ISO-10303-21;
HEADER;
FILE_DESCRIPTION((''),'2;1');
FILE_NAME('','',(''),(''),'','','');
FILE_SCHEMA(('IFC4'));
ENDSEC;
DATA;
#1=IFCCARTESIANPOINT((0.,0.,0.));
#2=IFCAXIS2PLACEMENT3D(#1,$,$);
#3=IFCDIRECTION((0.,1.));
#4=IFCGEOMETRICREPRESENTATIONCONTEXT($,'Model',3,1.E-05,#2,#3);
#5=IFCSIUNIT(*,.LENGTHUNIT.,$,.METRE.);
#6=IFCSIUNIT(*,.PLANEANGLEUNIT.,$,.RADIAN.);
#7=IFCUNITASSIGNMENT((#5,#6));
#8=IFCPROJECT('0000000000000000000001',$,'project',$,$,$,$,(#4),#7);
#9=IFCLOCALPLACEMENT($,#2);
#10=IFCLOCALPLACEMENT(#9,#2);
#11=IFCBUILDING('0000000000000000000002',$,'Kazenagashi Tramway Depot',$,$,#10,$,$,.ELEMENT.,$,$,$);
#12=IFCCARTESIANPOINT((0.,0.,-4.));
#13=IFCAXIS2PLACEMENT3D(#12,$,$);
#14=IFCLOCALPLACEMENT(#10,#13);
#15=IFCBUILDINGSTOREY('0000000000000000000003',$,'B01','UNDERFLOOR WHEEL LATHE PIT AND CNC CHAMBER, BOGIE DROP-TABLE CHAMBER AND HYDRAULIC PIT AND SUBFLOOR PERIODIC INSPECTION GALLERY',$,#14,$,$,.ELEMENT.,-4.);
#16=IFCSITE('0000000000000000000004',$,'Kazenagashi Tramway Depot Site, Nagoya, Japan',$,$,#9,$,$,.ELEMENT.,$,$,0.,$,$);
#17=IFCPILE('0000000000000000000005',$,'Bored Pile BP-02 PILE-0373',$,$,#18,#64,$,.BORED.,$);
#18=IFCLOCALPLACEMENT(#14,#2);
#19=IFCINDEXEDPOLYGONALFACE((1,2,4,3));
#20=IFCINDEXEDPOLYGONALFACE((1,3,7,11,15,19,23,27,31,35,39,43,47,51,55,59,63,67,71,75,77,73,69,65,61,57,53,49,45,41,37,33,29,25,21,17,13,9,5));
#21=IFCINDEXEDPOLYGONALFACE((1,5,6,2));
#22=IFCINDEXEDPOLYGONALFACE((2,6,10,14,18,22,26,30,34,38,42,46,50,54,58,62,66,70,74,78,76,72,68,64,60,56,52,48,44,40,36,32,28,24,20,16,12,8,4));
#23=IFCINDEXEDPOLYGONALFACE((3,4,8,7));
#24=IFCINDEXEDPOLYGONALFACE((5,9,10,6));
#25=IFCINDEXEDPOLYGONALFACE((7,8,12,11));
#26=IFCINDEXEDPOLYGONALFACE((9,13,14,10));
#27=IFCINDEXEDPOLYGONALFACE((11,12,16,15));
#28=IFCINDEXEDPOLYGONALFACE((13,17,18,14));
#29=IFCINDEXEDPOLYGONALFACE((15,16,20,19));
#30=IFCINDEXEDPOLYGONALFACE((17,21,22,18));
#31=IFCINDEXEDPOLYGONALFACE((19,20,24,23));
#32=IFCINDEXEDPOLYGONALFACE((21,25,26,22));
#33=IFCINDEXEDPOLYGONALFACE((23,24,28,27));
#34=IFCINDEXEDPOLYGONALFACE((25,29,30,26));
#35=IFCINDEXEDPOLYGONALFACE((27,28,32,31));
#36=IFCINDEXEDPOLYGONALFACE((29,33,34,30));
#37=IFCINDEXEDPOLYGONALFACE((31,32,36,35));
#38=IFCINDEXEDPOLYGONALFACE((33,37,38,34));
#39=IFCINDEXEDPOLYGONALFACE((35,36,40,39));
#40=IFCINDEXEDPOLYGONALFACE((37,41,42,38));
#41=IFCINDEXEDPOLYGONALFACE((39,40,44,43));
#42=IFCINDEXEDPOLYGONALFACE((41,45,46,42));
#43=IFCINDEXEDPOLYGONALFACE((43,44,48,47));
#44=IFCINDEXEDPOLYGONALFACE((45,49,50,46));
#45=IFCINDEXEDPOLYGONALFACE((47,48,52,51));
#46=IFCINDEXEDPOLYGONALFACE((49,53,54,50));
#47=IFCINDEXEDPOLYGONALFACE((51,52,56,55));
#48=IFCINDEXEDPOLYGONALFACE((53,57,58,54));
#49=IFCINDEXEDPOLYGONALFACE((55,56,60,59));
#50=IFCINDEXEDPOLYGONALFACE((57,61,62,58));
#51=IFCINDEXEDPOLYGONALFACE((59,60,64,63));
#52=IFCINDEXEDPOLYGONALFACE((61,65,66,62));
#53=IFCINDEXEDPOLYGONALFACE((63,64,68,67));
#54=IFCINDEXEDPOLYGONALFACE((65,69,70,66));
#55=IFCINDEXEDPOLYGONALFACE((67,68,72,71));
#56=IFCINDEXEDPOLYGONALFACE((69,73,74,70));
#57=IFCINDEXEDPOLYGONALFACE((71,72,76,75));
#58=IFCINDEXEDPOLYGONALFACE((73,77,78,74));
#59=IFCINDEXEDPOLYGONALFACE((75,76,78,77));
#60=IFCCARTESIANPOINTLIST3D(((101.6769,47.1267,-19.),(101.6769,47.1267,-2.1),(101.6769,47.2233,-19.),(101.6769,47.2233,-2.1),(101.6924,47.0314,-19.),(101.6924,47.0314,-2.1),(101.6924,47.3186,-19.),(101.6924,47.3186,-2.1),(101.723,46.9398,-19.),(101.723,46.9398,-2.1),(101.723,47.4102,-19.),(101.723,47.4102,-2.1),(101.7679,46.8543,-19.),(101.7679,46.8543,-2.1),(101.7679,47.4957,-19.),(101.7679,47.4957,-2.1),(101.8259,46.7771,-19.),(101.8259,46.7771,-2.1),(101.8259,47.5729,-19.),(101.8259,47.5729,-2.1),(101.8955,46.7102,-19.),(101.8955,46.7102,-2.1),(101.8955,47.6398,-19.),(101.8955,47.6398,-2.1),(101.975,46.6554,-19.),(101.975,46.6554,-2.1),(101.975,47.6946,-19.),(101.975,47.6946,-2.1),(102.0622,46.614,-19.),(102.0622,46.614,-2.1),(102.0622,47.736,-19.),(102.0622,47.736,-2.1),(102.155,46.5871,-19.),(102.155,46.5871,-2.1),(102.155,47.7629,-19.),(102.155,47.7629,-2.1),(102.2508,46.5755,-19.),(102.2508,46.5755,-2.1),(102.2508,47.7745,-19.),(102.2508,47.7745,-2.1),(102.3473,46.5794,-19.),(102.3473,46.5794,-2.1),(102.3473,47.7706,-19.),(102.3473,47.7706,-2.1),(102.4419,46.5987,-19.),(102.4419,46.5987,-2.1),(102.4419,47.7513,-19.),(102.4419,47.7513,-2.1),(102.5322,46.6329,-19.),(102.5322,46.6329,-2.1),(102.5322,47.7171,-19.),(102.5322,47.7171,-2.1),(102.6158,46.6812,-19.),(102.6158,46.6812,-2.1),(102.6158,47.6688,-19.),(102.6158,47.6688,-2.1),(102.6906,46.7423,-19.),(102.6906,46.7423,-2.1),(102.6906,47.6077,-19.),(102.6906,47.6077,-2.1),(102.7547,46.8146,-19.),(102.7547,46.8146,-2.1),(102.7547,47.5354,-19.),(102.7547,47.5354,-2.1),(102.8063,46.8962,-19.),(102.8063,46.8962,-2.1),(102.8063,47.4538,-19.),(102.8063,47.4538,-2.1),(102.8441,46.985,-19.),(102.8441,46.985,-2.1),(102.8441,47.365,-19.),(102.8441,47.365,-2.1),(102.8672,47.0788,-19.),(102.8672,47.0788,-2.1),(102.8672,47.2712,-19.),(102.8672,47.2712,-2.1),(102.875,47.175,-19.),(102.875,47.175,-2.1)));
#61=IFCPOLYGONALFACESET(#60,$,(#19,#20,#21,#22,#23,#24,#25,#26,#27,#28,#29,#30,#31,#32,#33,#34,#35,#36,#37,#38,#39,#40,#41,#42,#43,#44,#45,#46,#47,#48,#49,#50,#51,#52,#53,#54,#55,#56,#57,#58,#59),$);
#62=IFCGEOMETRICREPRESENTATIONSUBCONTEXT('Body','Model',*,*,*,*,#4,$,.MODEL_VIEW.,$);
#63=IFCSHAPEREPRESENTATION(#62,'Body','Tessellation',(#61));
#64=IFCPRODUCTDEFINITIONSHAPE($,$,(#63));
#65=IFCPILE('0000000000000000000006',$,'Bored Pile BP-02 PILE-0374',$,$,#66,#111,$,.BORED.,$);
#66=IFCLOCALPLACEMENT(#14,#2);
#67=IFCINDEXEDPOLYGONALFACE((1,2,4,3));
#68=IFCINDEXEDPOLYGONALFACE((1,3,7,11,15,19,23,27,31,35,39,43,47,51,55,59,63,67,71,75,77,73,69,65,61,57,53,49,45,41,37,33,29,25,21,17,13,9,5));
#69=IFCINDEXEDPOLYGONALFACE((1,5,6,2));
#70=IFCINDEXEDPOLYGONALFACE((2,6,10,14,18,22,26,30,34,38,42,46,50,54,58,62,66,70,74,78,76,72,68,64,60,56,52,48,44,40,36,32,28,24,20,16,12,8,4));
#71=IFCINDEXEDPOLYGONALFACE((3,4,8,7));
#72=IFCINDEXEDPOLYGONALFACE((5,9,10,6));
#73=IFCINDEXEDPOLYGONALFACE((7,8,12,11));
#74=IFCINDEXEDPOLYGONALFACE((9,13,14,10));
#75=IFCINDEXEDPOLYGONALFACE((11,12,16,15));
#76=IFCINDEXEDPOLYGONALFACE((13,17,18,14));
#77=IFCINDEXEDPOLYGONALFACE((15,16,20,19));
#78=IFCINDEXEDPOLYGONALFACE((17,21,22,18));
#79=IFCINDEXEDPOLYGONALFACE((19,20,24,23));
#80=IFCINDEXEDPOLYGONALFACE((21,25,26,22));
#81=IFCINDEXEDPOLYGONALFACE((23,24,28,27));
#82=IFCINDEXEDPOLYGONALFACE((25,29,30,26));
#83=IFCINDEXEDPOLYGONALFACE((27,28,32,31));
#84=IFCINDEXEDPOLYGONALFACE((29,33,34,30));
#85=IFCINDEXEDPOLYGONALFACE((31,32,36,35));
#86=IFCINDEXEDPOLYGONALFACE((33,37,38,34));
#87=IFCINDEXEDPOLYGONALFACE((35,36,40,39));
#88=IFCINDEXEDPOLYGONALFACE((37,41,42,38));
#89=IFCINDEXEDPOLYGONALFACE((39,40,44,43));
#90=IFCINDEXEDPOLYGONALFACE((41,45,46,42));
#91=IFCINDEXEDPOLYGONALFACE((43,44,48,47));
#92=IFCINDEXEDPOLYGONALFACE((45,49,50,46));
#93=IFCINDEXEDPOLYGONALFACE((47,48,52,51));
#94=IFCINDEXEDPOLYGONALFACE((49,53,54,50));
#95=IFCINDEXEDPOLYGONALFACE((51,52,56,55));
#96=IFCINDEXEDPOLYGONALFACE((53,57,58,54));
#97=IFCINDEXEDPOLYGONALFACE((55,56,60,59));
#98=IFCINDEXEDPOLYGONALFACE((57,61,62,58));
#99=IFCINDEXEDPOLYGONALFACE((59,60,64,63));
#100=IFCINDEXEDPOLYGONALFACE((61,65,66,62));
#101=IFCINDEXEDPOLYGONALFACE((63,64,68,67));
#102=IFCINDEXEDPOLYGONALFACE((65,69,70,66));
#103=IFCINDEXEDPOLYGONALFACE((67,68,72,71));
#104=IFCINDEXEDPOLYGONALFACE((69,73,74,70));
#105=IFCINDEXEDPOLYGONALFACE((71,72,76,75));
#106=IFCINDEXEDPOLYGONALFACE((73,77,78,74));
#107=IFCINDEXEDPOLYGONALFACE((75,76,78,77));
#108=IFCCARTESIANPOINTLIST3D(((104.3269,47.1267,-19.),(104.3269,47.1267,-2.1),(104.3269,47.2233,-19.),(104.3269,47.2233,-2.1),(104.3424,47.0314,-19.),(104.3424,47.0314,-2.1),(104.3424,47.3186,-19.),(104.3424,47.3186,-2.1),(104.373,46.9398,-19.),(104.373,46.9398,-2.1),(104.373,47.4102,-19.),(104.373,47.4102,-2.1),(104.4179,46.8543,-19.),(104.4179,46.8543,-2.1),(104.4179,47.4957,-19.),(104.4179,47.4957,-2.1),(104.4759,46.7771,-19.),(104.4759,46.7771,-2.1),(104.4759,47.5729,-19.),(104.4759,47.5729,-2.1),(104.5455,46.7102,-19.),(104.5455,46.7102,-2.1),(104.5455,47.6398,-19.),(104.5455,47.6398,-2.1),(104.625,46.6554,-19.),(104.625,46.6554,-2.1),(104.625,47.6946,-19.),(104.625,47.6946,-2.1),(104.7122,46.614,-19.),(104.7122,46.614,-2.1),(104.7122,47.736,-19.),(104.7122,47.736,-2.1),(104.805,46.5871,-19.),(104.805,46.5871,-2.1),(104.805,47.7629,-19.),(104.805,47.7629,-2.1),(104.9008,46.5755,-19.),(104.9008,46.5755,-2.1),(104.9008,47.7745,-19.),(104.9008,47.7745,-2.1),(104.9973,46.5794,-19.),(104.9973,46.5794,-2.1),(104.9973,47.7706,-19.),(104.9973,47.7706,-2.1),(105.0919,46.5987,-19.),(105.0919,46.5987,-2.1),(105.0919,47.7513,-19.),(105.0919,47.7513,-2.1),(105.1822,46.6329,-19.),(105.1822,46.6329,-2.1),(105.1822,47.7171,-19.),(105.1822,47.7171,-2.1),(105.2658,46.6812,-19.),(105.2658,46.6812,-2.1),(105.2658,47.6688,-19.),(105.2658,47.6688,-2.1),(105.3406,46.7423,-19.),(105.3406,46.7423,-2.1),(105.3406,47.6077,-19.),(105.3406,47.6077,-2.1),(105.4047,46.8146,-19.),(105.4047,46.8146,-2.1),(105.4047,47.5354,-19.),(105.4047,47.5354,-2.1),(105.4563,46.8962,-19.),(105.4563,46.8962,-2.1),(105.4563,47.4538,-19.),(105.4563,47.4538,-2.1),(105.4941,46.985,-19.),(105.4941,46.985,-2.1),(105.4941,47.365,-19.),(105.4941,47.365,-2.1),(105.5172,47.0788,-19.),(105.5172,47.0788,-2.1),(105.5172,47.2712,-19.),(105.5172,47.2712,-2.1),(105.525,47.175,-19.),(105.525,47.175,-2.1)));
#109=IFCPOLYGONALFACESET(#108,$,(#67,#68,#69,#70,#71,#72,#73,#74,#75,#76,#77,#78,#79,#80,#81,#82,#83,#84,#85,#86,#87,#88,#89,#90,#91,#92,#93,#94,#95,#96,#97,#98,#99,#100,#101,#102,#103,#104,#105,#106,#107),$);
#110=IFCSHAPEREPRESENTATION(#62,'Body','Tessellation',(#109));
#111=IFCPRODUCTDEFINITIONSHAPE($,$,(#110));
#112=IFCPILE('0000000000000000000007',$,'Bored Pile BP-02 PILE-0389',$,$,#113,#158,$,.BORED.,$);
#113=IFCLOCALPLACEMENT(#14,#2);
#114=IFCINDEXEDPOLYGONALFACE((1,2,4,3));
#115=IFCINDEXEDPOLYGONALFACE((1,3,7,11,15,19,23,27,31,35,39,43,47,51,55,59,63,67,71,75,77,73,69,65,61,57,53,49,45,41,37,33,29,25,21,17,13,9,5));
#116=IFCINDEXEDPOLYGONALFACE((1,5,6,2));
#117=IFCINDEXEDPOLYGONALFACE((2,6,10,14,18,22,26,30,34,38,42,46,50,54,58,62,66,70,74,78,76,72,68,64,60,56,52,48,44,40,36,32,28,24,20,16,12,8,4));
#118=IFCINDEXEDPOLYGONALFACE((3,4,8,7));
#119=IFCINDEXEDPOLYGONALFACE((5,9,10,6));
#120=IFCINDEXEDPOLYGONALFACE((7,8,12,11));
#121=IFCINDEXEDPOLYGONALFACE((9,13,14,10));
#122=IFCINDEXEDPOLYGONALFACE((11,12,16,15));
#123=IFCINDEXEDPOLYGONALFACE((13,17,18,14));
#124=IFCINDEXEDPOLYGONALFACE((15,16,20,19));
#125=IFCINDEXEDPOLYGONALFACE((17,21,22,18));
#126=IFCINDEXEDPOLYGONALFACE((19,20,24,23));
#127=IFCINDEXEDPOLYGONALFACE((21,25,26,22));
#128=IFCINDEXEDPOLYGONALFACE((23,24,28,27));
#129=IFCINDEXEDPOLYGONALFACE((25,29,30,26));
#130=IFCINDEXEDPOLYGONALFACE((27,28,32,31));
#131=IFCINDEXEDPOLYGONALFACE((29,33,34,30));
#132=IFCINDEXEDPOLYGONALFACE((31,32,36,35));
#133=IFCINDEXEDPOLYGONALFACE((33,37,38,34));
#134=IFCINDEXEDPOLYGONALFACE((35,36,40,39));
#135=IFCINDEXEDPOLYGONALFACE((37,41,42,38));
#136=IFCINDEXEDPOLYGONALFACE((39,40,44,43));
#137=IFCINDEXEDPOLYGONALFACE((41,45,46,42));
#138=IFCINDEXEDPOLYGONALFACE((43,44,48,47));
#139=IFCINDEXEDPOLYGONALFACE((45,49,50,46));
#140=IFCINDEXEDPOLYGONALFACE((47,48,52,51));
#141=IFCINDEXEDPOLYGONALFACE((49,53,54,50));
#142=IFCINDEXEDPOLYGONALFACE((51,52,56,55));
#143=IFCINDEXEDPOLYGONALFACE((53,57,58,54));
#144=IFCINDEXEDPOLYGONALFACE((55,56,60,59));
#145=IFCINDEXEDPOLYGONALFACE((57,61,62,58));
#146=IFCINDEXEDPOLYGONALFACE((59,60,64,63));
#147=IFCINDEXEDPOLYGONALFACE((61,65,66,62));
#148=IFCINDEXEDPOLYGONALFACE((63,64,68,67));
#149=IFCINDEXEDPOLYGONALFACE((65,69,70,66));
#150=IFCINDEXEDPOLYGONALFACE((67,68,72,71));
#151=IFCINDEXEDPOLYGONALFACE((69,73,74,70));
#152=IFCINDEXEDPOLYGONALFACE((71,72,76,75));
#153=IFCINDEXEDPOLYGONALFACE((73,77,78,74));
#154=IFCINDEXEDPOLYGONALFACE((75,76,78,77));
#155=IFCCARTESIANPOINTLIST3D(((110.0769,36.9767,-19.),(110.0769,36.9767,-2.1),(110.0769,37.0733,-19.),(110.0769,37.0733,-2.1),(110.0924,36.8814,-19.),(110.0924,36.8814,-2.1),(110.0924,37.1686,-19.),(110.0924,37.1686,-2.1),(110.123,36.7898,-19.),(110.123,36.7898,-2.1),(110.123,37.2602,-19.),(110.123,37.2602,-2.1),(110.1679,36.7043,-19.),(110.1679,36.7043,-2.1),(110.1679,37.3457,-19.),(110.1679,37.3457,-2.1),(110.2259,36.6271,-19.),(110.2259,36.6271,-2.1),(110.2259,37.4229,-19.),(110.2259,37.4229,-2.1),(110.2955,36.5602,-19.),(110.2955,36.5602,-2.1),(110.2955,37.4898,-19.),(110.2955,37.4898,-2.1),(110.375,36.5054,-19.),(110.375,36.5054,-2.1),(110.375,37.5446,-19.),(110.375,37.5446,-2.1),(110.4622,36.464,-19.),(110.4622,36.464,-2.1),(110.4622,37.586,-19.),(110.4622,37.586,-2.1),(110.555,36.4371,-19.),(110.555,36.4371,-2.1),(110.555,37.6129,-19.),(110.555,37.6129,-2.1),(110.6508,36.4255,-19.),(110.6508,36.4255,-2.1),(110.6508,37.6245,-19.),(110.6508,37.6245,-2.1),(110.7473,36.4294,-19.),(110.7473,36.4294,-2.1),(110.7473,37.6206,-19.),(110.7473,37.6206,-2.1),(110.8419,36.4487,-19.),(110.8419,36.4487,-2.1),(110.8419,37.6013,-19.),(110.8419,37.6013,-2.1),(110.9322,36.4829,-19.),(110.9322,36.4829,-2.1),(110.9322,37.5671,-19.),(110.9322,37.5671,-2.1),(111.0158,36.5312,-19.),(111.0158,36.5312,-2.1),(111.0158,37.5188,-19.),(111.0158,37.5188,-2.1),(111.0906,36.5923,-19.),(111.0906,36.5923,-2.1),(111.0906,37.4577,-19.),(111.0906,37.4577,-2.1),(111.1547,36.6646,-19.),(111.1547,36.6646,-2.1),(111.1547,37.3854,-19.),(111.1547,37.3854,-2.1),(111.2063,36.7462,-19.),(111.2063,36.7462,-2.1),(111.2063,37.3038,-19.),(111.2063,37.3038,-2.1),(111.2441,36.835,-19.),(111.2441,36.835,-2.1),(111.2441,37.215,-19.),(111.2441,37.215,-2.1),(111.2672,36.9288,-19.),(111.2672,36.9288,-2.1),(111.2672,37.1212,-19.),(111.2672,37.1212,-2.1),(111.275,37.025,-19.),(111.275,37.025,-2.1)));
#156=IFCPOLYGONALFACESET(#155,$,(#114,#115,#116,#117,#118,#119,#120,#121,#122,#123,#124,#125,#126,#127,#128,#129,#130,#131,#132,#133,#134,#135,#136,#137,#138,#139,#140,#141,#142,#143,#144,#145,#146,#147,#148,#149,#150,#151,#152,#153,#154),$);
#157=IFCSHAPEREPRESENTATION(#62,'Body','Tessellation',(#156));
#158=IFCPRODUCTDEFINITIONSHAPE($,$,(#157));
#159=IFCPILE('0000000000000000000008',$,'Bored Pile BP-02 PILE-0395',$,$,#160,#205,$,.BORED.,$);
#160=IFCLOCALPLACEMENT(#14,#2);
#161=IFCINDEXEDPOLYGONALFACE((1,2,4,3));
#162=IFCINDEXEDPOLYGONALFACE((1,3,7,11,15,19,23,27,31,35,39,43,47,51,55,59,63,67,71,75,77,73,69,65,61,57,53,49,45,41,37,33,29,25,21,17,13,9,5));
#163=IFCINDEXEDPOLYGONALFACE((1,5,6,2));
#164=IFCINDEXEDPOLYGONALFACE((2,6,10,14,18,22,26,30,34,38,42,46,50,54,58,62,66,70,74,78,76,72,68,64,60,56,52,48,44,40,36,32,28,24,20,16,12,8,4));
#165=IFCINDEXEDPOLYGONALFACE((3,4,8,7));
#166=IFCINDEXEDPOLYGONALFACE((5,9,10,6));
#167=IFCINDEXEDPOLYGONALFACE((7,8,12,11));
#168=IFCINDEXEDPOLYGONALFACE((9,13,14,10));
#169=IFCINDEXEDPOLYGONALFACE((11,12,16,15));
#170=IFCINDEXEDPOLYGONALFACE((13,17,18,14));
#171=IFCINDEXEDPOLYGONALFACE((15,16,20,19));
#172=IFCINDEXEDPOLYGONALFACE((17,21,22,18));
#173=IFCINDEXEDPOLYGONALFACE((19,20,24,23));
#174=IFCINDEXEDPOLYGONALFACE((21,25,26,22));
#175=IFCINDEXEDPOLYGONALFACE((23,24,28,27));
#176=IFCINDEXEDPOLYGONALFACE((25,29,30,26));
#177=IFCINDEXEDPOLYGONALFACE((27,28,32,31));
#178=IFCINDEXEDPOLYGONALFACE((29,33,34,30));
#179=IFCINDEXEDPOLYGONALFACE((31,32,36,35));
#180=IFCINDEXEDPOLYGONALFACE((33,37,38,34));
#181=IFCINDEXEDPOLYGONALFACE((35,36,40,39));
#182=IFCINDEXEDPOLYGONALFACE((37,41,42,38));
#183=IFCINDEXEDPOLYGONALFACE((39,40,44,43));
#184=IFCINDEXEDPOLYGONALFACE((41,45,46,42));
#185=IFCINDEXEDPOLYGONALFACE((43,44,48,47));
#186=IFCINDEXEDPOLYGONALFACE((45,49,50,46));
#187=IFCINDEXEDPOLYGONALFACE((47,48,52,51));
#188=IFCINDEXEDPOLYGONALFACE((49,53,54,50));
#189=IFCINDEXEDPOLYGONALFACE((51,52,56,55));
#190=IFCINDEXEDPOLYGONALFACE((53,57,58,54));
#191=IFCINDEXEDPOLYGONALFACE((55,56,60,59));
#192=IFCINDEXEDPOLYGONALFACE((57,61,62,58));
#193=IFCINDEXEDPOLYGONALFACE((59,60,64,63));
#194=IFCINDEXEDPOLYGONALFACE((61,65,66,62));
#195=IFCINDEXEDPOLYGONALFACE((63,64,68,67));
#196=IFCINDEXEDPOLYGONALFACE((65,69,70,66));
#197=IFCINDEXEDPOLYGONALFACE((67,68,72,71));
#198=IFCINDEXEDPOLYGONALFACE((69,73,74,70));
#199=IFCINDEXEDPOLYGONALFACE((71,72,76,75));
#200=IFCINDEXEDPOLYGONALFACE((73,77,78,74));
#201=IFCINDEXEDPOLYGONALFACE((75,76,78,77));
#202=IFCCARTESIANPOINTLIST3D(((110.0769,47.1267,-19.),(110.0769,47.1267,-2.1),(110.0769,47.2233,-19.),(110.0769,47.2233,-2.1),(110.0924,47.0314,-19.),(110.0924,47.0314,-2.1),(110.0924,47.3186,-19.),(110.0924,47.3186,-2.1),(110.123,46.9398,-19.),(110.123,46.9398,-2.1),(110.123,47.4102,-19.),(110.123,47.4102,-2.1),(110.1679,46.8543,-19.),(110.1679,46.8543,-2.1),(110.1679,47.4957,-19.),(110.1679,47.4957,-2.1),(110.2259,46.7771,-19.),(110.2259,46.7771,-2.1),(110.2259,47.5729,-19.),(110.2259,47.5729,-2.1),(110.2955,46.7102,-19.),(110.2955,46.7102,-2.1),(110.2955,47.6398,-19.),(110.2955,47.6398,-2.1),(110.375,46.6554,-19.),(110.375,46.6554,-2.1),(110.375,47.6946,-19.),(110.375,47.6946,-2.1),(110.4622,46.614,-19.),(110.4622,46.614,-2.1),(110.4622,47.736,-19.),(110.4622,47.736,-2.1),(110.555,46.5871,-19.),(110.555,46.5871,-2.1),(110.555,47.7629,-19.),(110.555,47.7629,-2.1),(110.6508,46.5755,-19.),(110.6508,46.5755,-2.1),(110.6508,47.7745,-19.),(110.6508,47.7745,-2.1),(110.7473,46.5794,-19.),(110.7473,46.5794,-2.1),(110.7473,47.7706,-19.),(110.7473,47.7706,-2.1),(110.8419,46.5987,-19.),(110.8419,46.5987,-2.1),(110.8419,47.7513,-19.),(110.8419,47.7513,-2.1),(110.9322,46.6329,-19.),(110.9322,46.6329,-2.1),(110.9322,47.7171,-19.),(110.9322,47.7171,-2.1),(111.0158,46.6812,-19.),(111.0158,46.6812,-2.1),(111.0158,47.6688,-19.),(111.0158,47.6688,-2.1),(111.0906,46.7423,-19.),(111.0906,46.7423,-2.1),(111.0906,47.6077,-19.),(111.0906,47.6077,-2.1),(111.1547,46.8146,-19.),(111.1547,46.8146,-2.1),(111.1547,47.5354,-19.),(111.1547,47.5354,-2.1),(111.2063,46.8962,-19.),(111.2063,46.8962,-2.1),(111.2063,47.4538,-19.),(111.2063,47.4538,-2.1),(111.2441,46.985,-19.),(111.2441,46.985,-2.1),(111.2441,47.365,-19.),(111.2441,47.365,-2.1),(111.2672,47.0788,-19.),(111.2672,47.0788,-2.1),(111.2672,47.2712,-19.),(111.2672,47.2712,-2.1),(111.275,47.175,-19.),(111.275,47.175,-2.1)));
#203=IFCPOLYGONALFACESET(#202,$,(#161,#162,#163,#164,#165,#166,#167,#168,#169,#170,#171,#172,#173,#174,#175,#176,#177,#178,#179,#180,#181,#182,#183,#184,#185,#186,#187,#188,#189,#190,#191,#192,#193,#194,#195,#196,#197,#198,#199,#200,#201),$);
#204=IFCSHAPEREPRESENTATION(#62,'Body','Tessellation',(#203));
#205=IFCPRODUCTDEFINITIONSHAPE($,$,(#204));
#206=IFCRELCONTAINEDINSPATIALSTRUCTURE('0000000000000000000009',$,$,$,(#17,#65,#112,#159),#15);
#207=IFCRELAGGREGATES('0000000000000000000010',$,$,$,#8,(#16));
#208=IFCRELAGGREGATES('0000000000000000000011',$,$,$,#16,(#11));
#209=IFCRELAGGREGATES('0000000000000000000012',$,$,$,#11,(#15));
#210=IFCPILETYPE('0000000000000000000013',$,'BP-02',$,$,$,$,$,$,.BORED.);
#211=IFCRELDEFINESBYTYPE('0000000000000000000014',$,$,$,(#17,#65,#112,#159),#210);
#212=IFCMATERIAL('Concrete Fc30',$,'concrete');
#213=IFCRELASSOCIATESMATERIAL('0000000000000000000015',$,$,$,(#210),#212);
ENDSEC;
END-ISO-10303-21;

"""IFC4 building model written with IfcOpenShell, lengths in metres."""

from ifc_helpers import new_model, si_unit, direction, frame, origin, origin_2d, place, context, subcontext, project, spatial, circle, extrude, material, material_profile, profile_set, type_object, element, save


model = new_model("IFC4")

# Units and contexts
model_context = context("Model", 3, precision=1e-05, world=origin(), true_north=direction((0.0, 1.0)))
body_context = subcontext(model_context, "Body", "Model", "MODEL_VIEW")
ifc_project = project(units=[si_unit("LENGTHUNIT", "METRE"), si_unit("PLANEANGLEUNIT", "RADIAN")], contexts=[model_context])

# Site, building, storey
site_placement = place(None, origin())
site = spatial("IfcSite", under=ifc_project, at=site_placement, Name="Kazenagashi Tramway Depot Site, Nagoya, Japan", CompositionType="ELEMENT", RefElevation=0.0)
building_placement = place(site_placement, origin())
building = spatial("IfcBuilding", under=site, at=building_placement, Name="Kazenagashi Tramway Depot", CompositionType="ELEMENT")
storey_placement = place(building_placement, frame((0.0, 0.0, -4.0)))
storey = spatial("IfcBuildingStorey", under=building, at=storey_placement, Name="B01", Description="UNDERFLOOR WHEEL LATHE PIT AND CNC CHAMBER, BOGIE DROP-TABLE CHAMBER AND HYDRAULIC PIT AND SUBFLOOR PERIODIC INSPECTION GALLERY", CompositionType="ELEMENT", Elevation=-4.0)

# Piles
ifc_material_1 = material(Name="Concrete Fc30", Category="concrete")
ifc_material_profile_1 = material_profile(ifc_material_1, circle(Radius=0.6, at=origin_2d()), Name="PILE-1200")
ifc_profile_set_1 = profile_set([ifc_material_profile_1], Name="Concrete Fc30")
pile_type = type_object("IfcPileType", Name="BP-02", PredefinedType="BORED", material=ifc_profile_set_1)
for number, where, z_axis, x_axis, name in (
    (1, (102.275, 47.175, -2.1), (0.0, 0.0, -1.0), (1.0, 0.0, 0.0), "Bored Pile BP-02 PILE-0373"),
    (2, (104.925, 47.175, -2.1), (0.0, 0.0, -1.0), (1.0, 0.0, 0.0), "Bored Pile BP-02 PILE-0374"),
    (3, (110.675, 37.025, -2.1), (0.0, 0.0, -1.0), (1.0, 0.0, 0.0), "Bored Pile BP-02 PILE-0389"),
    (4, (110.675, 47.175, -2.1), (0.0, 0.0, -1.0), (1.0, 0.0, 0.0), "Bored Pile BP-02 PILE-0395"),
):
    element("IfcPile", number, at=place(storey_placement, frame(where, z_axis=z_axis, x_axis=x_axis)), inside=storey, type_object=pile_type, Name=name, PredefinedType="BORED", context=body_context, shape_type="SweptSolid", body=[
        extrude(circle(Radius=0.6, at=origin_2d()), origin(), (0.0, 0.0, 1.0), 16.9),
    ])

save(model, "model.ifc")
